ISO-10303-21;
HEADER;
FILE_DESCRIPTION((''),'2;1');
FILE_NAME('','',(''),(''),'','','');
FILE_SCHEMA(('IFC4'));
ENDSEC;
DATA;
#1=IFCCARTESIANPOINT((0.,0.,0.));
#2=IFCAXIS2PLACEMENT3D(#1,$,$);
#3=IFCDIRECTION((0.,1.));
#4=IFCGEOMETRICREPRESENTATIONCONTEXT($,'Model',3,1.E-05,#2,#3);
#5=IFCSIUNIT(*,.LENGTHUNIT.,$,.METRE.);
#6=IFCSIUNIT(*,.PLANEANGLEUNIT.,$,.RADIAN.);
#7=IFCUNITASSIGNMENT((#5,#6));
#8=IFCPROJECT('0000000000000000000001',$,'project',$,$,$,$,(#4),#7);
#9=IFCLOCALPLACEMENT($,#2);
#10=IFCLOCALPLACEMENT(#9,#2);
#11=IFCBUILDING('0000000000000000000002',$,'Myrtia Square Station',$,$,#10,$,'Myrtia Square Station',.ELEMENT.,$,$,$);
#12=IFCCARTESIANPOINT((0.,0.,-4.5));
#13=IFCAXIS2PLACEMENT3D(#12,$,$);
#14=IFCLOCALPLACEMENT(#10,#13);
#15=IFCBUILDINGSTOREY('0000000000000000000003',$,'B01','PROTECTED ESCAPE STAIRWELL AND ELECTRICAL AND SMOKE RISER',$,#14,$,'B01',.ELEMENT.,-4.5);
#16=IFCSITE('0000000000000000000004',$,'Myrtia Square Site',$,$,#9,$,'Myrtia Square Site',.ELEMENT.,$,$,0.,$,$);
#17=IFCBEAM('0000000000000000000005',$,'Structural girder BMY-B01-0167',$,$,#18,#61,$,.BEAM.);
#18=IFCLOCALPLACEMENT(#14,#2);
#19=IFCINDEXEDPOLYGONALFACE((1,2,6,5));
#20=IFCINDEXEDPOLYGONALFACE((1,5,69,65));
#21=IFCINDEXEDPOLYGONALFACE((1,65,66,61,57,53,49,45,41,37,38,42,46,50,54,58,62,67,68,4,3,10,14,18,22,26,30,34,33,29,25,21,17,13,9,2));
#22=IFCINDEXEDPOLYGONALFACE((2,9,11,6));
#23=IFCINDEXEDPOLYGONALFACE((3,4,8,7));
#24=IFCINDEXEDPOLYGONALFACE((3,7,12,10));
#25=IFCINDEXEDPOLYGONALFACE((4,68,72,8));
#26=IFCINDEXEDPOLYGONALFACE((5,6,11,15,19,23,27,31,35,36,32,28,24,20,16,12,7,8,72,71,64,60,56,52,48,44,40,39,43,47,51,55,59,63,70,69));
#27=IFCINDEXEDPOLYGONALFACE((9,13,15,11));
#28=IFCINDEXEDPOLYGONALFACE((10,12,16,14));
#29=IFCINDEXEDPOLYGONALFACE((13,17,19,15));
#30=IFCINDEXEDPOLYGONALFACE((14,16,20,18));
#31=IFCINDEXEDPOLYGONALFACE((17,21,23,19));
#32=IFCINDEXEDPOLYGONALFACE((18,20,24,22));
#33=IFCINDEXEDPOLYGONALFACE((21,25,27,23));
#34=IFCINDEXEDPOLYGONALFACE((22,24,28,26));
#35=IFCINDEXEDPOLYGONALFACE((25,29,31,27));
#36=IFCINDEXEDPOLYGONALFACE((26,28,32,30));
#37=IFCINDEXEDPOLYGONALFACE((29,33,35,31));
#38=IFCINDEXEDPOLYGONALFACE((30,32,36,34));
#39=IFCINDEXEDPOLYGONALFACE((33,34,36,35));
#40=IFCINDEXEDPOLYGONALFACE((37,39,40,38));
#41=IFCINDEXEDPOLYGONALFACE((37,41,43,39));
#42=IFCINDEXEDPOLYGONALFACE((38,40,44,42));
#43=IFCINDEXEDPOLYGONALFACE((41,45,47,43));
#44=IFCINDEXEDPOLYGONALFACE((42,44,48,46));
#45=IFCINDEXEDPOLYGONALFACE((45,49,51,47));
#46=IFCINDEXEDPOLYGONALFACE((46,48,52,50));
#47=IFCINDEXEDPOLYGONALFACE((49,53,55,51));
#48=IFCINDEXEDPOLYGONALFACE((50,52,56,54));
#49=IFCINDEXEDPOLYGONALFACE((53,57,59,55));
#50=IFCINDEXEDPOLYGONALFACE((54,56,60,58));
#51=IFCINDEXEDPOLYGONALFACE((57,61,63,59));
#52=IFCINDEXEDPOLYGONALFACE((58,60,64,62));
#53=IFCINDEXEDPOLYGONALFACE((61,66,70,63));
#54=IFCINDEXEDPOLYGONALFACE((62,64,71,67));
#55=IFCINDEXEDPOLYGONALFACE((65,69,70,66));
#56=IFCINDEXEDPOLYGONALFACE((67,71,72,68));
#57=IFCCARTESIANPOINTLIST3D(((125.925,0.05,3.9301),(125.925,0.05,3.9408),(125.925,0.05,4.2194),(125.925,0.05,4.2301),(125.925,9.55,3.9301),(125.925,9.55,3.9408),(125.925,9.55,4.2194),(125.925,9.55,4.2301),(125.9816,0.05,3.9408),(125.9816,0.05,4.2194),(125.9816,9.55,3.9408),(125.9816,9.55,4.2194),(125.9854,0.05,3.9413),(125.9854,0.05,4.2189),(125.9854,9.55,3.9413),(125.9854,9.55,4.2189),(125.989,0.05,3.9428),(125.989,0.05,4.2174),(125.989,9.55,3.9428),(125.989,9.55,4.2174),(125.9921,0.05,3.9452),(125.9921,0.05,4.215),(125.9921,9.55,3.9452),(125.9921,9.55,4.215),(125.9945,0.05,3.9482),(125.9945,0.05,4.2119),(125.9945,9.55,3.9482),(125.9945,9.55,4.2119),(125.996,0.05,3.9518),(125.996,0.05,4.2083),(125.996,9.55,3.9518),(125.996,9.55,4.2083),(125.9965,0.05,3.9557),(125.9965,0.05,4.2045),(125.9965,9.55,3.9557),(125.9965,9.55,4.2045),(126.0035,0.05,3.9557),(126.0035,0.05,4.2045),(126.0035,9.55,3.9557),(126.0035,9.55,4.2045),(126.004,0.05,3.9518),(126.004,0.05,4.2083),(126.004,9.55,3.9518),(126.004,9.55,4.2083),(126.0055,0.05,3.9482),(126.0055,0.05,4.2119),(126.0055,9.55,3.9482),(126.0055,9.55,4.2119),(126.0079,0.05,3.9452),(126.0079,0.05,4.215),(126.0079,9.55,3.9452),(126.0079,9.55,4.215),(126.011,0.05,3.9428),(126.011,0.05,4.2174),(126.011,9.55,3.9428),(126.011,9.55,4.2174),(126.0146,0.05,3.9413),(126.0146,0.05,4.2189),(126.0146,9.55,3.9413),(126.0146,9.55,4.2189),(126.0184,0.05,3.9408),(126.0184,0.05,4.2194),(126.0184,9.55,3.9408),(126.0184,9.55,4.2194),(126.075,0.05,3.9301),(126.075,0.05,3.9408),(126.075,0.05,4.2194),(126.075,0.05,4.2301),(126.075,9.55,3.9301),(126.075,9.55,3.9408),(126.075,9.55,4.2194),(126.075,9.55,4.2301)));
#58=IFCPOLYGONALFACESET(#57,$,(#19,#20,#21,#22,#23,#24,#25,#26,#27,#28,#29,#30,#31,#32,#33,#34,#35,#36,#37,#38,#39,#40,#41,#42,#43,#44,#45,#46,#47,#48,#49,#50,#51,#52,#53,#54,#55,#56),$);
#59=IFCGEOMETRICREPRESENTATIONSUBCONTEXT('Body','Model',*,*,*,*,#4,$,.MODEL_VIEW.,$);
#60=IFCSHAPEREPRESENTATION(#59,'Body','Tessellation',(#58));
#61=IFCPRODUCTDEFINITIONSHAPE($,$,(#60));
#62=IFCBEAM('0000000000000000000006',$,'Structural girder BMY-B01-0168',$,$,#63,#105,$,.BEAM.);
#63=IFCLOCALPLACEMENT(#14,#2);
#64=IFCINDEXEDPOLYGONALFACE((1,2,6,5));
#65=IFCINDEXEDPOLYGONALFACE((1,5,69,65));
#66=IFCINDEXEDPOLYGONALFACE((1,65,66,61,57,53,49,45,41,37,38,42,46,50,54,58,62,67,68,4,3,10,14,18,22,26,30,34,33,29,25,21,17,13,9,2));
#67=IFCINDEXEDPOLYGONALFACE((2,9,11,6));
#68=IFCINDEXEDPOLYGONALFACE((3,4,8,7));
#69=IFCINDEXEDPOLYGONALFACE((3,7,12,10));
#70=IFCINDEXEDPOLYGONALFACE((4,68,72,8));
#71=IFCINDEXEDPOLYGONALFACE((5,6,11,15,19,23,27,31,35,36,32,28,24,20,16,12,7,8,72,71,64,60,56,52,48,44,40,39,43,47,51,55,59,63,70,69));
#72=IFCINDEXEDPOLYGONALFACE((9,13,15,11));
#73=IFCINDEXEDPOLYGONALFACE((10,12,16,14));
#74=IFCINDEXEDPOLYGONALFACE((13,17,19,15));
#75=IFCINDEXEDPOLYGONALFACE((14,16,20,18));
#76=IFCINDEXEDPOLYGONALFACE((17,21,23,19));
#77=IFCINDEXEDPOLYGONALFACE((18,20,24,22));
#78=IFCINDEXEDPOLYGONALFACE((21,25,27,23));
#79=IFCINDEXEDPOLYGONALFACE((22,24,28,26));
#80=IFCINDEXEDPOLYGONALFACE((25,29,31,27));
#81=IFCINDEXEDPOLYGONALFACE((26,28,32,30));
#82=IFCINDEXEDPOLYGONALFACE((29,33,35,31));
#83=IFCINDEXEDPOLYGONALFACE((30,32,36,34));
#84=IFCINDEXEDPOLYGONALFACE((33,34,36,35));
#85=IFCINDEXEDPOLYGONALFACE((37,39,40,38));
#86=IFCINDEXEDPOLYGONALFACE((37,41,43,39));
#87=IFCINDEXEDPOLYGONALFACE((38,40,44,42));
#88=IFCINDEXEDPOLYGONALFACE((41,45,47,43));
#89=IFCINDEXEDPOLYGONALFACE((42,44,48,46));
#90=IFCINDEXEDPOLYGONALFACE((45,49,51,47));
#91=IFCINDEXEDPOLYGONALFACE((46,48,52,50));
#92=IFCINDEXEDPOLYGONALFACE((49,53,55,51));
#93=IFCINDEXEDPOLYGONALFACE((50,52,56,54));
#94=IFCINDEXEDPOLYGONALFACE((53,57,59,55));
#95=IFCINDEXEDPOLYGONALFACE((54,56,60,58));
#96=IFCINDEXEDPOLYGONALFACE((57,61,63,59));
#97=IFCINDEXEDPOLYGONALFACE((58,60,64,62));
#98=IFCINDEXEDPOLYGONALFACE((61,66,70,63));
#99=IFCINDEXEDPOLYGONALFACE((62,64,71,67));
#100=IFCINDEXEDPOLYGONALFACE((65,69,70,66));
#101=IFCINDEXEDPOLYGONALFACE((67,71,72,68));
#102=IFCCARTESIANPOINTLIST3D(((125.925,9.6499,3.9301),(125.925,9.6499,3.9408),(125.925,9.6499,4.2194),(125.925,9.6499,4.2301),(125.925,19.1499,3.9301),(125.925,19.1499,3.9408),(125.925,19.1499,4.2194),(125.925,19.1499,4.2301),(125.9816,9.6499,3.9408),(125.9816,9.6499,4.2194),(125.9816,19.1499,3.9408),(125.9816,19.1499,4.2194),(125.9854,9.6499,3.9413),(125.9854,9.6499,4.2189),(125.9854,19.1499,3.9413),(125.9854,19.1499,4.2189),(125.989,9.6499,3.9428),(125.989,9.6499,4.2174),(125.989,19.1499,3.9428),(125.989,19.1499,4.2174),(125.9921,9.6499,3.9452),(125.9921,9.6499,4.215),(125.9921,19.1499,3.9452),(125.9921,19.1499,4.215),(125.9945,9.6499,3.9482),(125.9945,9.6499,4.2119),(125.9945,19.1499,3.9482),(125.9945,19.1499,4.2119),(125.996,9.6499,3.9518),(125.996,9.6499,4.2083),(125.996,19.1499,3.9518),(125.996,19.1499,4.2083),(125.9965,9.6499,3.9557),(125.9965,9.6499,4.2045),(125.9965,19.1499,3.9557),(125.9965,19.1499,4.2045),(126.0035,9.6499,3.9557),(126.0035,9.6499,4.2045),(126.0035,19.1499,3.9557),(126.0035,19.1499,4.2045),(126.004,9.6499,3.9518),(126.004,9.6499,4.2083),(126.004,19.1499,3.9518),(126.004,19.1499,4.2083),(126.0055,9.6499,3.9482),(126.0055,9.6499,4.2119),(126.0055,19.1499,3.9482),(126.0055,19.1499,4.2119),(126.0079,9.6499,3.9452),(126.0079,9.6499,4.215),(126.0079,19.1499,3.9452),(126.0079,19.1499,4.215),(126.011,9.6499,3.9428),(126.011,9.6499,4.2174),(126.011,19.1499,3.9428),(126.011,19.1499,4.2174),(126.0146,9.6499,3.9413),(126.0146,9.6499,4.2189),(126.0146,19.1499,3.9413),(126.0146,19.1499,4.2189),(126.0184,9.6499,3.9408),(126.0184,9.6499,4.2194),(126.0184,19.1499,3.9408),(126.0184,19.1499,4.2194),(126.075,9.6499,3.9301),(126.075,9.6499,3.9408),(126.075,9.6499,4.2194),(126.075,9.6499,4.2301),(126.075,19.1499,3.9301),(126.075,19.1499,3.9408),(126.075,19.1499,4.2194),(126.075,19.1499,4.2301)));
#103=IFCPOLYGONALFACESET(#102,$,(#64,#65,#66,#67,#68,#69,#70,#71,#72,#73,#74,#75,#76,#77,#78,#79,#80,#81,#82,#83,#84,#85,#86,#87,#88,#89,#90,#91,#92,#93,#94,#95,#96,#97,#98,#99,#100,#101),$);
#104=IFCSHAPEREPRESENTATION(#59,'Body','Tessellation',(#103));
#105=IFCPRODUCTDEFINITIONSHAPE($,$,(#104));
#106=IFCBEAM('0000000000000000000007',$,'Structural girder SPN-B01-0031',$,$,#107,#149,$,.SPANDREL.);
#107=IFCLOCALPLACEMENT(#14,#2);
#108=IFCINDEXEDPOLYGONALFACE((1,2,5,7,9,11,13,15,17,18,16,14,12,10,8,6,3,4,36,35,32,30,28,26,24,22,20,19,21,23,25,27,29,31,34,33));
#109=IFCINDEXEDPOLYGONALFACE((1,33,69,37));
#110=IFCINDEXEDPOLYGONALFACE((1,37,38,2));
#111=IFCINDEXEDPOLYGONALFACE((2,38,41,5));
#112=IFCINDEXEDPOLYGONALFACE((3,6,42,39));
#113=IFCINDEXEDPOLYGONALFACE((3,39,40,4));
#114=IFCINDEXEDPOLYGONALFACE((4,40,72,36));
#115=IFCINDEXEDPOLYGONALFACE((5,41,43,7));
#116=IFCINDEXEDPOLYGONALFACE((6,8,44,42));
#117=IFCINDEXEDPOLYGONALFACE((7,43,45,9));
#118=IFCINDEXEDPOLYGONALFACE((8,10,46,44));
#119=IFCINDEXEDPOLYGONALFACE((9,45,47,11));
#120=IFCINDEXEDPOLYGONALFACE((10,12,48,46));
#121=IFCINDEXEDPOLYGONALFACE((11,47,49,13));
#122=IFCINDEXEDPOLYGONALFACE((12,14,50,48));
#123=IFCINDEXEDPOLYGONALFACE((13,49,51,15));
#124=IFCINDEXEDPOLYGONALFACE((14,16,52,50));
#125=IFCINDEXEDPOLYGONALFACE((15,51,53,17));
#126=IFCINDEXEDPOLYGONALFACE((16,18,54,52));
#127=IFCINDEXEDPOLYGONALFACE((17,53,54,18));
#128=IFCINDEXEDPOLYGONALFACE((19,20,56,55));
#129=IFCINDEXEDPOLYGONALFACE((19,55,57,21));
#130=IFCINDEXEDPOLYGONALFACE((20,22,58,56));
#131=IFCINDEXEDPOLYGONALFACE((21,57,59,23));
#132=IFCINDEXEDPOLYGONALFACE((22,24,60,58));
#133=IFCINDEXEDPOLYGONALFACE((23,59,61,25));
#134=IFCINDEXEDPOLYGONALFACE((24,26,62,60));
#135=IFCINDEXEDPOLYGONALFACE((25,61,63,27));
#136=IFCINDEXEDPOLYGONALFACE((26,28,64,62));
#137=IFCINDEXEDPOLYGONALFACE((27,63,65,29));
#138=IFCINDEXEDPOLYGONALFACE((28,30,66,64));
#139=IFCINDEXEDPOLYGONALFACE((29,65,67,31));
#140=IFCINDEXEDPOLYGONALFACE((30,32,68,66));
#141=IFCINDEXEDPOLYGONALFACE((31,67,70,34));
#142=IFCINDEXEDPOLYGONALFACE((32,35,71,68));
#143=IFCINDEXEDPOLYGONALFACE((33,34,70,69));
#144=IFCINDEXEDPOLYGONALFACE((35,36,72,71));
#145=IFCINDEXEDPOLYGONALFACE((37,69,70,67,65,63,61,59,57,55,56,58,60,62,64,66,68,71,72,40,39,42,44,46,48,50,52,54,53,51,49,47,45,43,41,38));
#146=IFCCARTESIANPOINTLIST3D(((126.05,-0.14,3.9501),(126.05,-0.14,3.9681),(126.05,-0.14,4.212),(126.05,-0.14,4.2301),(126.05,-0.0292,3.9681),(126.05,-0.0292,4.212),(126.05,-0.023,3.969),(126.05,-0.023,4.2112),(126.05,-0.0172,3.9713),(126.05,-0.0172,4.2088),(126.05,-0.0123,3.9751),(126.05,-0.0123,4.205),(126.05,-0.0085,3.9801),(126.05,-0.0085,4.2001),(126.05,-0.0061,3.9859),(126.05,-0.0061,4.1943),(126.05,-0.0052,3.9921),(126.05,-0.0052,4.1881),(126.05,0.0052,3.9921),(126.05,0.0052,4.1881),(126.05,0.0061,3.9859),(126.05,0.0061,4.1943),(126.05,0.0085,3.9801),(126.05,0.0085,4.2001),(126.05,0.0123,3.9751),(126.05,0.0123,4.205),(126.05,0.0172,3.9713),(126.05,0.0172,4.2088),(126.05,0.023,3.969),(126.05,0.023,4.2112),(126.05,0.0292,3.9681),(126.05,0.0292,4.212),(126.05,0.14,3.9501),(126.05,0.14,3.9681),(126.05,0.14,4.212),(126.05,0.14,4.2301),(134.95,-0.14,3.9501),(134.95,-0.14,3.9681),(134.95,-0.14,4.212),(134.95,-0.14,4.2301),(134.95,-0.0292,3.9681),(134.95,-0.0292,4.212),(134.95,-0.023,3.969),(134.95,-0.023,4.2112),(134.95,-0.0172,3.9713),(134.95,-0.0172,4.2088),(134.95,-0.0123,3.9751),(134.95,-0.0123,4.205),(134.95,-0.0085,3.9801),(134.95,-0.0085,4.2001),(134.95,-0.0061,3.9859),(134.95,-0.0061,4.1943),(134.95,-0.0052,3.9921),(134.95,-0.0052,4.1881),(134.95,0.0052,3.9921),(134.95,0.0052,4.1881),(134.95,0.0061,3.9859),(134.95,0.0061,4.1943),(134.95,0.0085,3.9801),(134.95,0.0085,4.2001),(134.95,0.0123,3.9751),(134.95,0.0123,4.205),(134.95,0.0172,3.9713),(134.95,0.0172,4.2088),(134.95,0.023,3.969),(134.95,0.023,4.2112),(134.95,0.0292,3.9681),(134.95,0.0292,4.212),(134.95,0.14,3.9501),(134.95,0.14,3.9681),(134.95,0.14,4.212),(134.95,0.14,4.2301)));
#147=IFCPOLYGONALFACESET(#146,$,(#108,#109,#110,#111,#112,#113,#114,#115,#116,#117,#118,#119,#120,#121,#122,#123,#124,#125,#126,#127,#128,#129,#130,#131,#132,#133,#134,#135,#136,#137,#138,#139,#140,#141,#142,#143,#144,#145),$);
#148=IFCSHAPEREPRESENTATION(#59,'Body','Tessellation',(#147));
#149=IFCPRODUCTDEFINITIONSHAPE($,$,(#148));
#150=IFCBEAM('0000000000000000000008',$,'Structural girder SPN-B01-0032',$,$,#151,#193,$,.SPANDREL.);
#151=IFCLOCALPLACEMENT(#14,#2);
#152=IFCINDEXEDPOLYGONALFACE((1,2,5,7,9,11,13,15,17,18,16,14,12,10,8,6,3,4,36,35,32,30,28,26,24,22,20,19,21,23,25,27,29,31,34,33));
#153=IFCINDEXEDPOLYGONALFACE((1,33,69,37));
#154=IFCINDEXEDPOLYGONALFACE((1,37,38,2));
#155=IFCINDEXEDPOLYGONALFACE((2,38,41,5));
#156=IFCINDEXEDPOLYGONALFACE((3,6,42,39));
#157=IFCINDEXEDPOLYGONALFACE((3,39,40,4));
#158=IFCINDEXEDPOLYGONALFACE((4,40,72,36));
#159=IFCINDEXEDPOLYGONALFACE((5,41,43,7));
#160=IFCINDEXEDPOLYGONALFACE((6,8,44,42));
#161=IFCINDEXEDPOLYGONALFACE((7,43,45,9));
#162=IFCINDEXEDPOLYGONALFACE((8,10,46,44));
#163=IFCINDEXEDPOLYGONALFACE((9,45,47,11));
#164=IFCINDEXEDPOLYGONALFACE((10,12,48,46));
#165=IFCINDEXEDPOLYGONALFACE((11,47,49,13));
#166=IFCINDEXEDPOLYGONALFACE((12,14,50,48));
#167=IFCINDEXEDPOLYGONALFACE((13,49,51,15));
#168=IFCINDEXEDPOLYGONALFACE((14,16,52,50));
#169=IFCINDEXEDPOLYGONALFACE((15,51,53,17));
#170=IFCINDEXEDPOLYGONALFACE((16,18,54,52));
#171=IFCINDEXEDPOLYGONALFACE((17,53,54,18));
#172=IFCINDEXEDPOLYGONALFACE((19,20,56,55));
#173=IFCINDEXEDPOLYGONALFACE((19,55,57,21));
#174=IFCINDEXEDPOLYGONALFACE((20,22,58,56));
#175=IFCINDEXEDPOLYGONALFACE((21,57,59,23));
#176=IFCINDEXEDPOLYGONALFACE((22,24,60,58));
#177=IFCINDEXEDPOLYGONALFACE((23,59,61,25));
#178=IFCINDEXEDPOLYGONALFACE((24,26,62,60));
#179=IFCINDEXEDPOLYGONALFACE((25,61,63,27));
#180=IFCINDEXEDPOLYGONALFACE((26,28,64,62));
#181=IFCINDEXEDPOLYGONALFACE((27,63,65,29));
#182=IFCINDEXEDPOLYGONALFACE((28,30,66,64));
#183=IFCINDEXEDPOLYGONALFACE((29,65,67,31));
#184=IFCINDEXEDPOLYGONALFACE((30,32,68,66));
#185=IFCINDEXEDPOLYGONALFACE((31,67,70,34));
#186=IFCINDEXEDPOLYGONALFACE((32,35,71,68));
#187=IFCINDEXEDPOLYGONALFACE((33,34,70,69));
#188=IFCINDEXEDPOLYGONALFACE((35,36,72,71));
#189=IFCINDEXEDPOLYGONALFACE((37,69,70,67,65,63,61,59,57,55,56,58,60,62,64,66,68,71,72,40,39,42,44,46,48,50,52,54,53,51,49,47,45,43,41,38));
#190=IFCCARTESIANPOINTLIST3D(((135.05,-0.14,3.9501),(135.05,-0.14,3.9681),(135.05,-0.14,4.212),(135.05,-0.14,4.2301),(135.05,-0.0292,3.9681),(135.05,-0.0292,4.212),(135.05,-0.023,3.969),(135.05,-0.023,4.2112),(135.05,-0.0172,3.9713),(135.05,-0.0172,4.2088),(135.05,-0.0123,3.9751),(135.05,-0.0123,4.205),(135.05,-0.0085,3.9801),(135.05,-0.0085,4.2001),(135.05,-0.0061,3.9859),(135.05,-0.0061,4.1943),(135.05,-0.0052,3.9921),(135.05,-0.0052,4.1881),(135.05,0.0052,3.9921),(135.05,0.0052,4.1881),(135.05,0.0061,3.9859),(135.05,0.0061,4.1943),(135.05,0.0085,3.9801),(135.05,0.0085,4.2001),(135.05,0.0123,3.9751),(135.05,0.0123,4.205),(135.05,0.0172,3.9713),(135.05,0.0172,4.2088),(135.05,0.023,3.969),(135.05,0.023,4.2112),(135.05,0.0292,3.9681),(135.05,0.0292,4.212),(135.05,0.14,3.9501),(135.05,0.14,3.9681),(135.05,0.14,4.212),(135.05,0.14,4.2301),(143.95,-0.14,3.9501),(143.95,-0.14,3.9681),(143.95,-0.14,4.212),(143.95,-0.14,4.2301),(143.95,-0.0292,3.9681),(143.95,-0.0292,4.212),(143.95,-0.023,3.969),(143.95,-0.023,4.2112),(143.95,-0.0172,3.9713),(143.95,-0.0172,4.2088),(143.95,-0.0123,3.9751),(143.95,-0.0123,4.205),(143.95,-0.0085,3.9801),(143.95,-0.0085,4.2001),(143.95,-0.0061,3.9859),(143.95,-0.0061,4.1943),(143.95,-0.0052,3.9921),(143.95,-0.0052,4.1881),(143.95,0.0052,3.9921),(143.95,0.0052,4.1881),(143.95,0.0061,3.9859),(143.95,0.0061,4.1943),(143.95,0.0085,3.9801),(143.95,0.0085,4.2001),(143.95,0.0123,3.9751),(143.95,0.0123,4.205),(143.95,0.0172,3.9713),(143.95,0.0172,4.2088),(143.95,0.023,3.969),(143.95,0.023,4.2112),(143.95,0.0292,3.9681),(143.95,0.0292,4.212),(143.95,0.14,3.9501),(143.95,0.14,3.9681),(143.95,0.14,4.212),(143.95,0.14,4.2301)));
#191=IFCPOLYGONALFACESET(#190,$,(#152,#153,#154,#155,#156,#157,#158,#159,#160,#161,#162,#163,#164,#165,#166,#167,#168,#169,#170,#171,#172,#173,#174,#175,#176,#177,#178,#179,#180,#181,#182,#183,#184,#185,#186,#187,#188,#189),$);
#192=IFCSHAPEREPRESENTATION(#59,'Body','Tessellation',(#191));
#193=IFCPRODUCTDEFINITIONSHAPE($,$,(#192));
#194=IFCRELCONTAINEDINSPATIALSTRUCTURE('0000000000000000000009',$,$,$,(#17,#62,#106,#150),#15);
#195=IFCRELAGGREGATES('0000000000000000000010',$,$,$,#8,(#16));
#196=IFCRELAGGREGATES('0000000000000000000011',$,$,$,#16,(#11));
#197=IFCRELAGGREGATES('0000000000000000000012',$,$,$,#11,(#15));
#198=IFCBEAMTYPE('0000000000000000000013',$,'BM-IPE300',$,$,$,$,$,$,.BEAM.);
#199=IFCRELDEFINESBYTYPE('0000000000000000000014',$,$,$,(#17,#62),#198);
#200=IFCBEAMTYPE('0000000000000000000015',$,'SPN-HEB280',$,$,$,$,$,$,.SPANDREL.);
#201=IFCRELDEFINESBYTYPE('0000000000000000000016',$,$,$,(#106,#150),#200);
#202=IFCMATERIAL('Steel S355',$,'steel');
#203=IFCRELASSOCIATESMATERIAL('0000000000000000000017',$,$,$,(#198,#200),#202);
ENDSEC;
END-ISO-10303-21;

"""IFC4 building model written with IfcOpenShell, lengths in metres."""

from ifc_helpers import new_model, si_unit, direction, frame, origin, origin_2d, place, context, subcontext, project, spatial, i_section, extrude, material, material_profile, profile_set, type_object, element, save


model = new_model("IFC4")

# Units and contexts
model_context = context("Model", 3, precision=1e-05, world=origin(), true_north=direction((0.0, 1.0)))
body_context = subcontext(model_context, "Body", "Model", "MODEL_VIEW")
ifc_project = project(units=[si_unit("LENGTHUNIT", "METRE"), si_unit("PLANEANGLEUNIT", "RADIAN")], contexts=[model_context])

# Site, building, storey
site_placement = place(None, origin())
site = spatial("IfcSite", under=ifc_project, at=site_placement, Name="Myrtia Square Site", LongName="Myrtia Square Site", CompositionType="ELEMENT", RefElevation=0.0)
building_placement = place(site_placement, origin())
building = spatial("IfcBuilding", under=site, at=building_placement, Name="Myrtia Square Station", LongName="Myrtia Square Station", CompositionType="ELEMENT")
storey_placement = place(building_placement, frame((0.0, 0.0, -4.5)))
storey = spatial("IfcBuildingStorey", under=building, at=storey_placement, Name="B01", Description="PROTECTED ESCAPE STAIRWELL AND ELECTRICAL AND SMOKE RISER", LongName="B01", CompositionType="ELEMENT", Elevation=-4.5)

# Shared definitions
ifc_material_1 = material(Name="Steel S355", Category="steel")

# Beams
ifc_material_profile_1 = material_profile(ifc_material_1, i_section(OverallWidth=0.1499, OverallDepth=0.3, WebThickness=0.0071, FlangeThickness=0.0107, FilletRadius=0.0149, at=origin_2d()), Name="IPE 300")
ifc_profile_set_1 = profile_set([ifc_material_profile_1], Name="Steel S355")
beam_type_1 = type_object("IfcBeamType", Name="BM-IPE300", PredefinedType="BEAM", material=ifc_profile_set_1)
for number, where, z_axis, x_axis, name in (
    (1, (126.0, 0.05, 4.0801), (0.0, 1.0, 0.0), (-1.0, 0.0, 0.0), "Structural girder BMY-B01-0167"),
    (2, (126.0, 9.6499, 4.0801), (0.0, 1.0, 0.0), (-1.0, 0.0, 0.0), "Structural girder BMY-B01-0168"),
):
    element("IfcBeam", number, at=place(storey_placement, frame(where, z_axis=z_axis, x_axis=x_axis)), inside=storey, type_object=beam_type_1, Name=name, PredefinedType="BEAM", context=body_context, shape_type="SweptSolid", body=[
        extrude(i_section(OverallWidth=0.1499, OverallDepth=0.3, WebThickness=0.0071, FlangeThickness=0.0107, FilletRadius=0.0149, at=origin_2d()), origin(), (0.0, 0.0, 1.0), 9.5),
    ])
ifc_material_profile_2 = material_profile(ifc_material_1, i_section(OverallWidth=0.28, OverallDepth=0.28, WebThickness=0.0105, FlangeThickness=0.0181, FilletRadius=0.0239, at=origin_2d()), Name="HEB 280")
ifc_profile_set_2 = profile_set([ifc_material_profile_2], Name="Steel S355")
beam_type_2 = type_object("IfcBeamType", Name="SPN-HEB280", PredefinedType="SPANDREL", material=ifc_profile_set_2)
for number, where, z_axis, x_axis, name in (
    (3, (126.05, 0.0, 4.0901), (1.0, 0.0, 0.0), (0.0, 1.0, 0.0), "Structural girder SPN-B01-0031"),
    (4, (135.05, 0.0, 4.0901), (1.0, 0.0, 0.0), (0.0, 1.0, 0.0), "Structural girder SPN-B01-0032"),
):
    element("IfcBeam", number, at=place(storey_placement, frame(where, z_axis=z_axis, x_axis=x_axis)), inside=storey, type_object=beam_type_2, Name=name, PredefinedType="SPANDREL", context=body_context, shape_type="SweptSolid", body=[
        extrude(i_section(OverallWidth=0.28, OverallDepth=0.28, WebThickness=0.0105, FlangeThickness=0.0181, FilletRadius=0.0239, at=origin_2d()), origin(), (0.0, 0.0, 1.0), 8.8999),
    ])

save(model, "model.ifc")
